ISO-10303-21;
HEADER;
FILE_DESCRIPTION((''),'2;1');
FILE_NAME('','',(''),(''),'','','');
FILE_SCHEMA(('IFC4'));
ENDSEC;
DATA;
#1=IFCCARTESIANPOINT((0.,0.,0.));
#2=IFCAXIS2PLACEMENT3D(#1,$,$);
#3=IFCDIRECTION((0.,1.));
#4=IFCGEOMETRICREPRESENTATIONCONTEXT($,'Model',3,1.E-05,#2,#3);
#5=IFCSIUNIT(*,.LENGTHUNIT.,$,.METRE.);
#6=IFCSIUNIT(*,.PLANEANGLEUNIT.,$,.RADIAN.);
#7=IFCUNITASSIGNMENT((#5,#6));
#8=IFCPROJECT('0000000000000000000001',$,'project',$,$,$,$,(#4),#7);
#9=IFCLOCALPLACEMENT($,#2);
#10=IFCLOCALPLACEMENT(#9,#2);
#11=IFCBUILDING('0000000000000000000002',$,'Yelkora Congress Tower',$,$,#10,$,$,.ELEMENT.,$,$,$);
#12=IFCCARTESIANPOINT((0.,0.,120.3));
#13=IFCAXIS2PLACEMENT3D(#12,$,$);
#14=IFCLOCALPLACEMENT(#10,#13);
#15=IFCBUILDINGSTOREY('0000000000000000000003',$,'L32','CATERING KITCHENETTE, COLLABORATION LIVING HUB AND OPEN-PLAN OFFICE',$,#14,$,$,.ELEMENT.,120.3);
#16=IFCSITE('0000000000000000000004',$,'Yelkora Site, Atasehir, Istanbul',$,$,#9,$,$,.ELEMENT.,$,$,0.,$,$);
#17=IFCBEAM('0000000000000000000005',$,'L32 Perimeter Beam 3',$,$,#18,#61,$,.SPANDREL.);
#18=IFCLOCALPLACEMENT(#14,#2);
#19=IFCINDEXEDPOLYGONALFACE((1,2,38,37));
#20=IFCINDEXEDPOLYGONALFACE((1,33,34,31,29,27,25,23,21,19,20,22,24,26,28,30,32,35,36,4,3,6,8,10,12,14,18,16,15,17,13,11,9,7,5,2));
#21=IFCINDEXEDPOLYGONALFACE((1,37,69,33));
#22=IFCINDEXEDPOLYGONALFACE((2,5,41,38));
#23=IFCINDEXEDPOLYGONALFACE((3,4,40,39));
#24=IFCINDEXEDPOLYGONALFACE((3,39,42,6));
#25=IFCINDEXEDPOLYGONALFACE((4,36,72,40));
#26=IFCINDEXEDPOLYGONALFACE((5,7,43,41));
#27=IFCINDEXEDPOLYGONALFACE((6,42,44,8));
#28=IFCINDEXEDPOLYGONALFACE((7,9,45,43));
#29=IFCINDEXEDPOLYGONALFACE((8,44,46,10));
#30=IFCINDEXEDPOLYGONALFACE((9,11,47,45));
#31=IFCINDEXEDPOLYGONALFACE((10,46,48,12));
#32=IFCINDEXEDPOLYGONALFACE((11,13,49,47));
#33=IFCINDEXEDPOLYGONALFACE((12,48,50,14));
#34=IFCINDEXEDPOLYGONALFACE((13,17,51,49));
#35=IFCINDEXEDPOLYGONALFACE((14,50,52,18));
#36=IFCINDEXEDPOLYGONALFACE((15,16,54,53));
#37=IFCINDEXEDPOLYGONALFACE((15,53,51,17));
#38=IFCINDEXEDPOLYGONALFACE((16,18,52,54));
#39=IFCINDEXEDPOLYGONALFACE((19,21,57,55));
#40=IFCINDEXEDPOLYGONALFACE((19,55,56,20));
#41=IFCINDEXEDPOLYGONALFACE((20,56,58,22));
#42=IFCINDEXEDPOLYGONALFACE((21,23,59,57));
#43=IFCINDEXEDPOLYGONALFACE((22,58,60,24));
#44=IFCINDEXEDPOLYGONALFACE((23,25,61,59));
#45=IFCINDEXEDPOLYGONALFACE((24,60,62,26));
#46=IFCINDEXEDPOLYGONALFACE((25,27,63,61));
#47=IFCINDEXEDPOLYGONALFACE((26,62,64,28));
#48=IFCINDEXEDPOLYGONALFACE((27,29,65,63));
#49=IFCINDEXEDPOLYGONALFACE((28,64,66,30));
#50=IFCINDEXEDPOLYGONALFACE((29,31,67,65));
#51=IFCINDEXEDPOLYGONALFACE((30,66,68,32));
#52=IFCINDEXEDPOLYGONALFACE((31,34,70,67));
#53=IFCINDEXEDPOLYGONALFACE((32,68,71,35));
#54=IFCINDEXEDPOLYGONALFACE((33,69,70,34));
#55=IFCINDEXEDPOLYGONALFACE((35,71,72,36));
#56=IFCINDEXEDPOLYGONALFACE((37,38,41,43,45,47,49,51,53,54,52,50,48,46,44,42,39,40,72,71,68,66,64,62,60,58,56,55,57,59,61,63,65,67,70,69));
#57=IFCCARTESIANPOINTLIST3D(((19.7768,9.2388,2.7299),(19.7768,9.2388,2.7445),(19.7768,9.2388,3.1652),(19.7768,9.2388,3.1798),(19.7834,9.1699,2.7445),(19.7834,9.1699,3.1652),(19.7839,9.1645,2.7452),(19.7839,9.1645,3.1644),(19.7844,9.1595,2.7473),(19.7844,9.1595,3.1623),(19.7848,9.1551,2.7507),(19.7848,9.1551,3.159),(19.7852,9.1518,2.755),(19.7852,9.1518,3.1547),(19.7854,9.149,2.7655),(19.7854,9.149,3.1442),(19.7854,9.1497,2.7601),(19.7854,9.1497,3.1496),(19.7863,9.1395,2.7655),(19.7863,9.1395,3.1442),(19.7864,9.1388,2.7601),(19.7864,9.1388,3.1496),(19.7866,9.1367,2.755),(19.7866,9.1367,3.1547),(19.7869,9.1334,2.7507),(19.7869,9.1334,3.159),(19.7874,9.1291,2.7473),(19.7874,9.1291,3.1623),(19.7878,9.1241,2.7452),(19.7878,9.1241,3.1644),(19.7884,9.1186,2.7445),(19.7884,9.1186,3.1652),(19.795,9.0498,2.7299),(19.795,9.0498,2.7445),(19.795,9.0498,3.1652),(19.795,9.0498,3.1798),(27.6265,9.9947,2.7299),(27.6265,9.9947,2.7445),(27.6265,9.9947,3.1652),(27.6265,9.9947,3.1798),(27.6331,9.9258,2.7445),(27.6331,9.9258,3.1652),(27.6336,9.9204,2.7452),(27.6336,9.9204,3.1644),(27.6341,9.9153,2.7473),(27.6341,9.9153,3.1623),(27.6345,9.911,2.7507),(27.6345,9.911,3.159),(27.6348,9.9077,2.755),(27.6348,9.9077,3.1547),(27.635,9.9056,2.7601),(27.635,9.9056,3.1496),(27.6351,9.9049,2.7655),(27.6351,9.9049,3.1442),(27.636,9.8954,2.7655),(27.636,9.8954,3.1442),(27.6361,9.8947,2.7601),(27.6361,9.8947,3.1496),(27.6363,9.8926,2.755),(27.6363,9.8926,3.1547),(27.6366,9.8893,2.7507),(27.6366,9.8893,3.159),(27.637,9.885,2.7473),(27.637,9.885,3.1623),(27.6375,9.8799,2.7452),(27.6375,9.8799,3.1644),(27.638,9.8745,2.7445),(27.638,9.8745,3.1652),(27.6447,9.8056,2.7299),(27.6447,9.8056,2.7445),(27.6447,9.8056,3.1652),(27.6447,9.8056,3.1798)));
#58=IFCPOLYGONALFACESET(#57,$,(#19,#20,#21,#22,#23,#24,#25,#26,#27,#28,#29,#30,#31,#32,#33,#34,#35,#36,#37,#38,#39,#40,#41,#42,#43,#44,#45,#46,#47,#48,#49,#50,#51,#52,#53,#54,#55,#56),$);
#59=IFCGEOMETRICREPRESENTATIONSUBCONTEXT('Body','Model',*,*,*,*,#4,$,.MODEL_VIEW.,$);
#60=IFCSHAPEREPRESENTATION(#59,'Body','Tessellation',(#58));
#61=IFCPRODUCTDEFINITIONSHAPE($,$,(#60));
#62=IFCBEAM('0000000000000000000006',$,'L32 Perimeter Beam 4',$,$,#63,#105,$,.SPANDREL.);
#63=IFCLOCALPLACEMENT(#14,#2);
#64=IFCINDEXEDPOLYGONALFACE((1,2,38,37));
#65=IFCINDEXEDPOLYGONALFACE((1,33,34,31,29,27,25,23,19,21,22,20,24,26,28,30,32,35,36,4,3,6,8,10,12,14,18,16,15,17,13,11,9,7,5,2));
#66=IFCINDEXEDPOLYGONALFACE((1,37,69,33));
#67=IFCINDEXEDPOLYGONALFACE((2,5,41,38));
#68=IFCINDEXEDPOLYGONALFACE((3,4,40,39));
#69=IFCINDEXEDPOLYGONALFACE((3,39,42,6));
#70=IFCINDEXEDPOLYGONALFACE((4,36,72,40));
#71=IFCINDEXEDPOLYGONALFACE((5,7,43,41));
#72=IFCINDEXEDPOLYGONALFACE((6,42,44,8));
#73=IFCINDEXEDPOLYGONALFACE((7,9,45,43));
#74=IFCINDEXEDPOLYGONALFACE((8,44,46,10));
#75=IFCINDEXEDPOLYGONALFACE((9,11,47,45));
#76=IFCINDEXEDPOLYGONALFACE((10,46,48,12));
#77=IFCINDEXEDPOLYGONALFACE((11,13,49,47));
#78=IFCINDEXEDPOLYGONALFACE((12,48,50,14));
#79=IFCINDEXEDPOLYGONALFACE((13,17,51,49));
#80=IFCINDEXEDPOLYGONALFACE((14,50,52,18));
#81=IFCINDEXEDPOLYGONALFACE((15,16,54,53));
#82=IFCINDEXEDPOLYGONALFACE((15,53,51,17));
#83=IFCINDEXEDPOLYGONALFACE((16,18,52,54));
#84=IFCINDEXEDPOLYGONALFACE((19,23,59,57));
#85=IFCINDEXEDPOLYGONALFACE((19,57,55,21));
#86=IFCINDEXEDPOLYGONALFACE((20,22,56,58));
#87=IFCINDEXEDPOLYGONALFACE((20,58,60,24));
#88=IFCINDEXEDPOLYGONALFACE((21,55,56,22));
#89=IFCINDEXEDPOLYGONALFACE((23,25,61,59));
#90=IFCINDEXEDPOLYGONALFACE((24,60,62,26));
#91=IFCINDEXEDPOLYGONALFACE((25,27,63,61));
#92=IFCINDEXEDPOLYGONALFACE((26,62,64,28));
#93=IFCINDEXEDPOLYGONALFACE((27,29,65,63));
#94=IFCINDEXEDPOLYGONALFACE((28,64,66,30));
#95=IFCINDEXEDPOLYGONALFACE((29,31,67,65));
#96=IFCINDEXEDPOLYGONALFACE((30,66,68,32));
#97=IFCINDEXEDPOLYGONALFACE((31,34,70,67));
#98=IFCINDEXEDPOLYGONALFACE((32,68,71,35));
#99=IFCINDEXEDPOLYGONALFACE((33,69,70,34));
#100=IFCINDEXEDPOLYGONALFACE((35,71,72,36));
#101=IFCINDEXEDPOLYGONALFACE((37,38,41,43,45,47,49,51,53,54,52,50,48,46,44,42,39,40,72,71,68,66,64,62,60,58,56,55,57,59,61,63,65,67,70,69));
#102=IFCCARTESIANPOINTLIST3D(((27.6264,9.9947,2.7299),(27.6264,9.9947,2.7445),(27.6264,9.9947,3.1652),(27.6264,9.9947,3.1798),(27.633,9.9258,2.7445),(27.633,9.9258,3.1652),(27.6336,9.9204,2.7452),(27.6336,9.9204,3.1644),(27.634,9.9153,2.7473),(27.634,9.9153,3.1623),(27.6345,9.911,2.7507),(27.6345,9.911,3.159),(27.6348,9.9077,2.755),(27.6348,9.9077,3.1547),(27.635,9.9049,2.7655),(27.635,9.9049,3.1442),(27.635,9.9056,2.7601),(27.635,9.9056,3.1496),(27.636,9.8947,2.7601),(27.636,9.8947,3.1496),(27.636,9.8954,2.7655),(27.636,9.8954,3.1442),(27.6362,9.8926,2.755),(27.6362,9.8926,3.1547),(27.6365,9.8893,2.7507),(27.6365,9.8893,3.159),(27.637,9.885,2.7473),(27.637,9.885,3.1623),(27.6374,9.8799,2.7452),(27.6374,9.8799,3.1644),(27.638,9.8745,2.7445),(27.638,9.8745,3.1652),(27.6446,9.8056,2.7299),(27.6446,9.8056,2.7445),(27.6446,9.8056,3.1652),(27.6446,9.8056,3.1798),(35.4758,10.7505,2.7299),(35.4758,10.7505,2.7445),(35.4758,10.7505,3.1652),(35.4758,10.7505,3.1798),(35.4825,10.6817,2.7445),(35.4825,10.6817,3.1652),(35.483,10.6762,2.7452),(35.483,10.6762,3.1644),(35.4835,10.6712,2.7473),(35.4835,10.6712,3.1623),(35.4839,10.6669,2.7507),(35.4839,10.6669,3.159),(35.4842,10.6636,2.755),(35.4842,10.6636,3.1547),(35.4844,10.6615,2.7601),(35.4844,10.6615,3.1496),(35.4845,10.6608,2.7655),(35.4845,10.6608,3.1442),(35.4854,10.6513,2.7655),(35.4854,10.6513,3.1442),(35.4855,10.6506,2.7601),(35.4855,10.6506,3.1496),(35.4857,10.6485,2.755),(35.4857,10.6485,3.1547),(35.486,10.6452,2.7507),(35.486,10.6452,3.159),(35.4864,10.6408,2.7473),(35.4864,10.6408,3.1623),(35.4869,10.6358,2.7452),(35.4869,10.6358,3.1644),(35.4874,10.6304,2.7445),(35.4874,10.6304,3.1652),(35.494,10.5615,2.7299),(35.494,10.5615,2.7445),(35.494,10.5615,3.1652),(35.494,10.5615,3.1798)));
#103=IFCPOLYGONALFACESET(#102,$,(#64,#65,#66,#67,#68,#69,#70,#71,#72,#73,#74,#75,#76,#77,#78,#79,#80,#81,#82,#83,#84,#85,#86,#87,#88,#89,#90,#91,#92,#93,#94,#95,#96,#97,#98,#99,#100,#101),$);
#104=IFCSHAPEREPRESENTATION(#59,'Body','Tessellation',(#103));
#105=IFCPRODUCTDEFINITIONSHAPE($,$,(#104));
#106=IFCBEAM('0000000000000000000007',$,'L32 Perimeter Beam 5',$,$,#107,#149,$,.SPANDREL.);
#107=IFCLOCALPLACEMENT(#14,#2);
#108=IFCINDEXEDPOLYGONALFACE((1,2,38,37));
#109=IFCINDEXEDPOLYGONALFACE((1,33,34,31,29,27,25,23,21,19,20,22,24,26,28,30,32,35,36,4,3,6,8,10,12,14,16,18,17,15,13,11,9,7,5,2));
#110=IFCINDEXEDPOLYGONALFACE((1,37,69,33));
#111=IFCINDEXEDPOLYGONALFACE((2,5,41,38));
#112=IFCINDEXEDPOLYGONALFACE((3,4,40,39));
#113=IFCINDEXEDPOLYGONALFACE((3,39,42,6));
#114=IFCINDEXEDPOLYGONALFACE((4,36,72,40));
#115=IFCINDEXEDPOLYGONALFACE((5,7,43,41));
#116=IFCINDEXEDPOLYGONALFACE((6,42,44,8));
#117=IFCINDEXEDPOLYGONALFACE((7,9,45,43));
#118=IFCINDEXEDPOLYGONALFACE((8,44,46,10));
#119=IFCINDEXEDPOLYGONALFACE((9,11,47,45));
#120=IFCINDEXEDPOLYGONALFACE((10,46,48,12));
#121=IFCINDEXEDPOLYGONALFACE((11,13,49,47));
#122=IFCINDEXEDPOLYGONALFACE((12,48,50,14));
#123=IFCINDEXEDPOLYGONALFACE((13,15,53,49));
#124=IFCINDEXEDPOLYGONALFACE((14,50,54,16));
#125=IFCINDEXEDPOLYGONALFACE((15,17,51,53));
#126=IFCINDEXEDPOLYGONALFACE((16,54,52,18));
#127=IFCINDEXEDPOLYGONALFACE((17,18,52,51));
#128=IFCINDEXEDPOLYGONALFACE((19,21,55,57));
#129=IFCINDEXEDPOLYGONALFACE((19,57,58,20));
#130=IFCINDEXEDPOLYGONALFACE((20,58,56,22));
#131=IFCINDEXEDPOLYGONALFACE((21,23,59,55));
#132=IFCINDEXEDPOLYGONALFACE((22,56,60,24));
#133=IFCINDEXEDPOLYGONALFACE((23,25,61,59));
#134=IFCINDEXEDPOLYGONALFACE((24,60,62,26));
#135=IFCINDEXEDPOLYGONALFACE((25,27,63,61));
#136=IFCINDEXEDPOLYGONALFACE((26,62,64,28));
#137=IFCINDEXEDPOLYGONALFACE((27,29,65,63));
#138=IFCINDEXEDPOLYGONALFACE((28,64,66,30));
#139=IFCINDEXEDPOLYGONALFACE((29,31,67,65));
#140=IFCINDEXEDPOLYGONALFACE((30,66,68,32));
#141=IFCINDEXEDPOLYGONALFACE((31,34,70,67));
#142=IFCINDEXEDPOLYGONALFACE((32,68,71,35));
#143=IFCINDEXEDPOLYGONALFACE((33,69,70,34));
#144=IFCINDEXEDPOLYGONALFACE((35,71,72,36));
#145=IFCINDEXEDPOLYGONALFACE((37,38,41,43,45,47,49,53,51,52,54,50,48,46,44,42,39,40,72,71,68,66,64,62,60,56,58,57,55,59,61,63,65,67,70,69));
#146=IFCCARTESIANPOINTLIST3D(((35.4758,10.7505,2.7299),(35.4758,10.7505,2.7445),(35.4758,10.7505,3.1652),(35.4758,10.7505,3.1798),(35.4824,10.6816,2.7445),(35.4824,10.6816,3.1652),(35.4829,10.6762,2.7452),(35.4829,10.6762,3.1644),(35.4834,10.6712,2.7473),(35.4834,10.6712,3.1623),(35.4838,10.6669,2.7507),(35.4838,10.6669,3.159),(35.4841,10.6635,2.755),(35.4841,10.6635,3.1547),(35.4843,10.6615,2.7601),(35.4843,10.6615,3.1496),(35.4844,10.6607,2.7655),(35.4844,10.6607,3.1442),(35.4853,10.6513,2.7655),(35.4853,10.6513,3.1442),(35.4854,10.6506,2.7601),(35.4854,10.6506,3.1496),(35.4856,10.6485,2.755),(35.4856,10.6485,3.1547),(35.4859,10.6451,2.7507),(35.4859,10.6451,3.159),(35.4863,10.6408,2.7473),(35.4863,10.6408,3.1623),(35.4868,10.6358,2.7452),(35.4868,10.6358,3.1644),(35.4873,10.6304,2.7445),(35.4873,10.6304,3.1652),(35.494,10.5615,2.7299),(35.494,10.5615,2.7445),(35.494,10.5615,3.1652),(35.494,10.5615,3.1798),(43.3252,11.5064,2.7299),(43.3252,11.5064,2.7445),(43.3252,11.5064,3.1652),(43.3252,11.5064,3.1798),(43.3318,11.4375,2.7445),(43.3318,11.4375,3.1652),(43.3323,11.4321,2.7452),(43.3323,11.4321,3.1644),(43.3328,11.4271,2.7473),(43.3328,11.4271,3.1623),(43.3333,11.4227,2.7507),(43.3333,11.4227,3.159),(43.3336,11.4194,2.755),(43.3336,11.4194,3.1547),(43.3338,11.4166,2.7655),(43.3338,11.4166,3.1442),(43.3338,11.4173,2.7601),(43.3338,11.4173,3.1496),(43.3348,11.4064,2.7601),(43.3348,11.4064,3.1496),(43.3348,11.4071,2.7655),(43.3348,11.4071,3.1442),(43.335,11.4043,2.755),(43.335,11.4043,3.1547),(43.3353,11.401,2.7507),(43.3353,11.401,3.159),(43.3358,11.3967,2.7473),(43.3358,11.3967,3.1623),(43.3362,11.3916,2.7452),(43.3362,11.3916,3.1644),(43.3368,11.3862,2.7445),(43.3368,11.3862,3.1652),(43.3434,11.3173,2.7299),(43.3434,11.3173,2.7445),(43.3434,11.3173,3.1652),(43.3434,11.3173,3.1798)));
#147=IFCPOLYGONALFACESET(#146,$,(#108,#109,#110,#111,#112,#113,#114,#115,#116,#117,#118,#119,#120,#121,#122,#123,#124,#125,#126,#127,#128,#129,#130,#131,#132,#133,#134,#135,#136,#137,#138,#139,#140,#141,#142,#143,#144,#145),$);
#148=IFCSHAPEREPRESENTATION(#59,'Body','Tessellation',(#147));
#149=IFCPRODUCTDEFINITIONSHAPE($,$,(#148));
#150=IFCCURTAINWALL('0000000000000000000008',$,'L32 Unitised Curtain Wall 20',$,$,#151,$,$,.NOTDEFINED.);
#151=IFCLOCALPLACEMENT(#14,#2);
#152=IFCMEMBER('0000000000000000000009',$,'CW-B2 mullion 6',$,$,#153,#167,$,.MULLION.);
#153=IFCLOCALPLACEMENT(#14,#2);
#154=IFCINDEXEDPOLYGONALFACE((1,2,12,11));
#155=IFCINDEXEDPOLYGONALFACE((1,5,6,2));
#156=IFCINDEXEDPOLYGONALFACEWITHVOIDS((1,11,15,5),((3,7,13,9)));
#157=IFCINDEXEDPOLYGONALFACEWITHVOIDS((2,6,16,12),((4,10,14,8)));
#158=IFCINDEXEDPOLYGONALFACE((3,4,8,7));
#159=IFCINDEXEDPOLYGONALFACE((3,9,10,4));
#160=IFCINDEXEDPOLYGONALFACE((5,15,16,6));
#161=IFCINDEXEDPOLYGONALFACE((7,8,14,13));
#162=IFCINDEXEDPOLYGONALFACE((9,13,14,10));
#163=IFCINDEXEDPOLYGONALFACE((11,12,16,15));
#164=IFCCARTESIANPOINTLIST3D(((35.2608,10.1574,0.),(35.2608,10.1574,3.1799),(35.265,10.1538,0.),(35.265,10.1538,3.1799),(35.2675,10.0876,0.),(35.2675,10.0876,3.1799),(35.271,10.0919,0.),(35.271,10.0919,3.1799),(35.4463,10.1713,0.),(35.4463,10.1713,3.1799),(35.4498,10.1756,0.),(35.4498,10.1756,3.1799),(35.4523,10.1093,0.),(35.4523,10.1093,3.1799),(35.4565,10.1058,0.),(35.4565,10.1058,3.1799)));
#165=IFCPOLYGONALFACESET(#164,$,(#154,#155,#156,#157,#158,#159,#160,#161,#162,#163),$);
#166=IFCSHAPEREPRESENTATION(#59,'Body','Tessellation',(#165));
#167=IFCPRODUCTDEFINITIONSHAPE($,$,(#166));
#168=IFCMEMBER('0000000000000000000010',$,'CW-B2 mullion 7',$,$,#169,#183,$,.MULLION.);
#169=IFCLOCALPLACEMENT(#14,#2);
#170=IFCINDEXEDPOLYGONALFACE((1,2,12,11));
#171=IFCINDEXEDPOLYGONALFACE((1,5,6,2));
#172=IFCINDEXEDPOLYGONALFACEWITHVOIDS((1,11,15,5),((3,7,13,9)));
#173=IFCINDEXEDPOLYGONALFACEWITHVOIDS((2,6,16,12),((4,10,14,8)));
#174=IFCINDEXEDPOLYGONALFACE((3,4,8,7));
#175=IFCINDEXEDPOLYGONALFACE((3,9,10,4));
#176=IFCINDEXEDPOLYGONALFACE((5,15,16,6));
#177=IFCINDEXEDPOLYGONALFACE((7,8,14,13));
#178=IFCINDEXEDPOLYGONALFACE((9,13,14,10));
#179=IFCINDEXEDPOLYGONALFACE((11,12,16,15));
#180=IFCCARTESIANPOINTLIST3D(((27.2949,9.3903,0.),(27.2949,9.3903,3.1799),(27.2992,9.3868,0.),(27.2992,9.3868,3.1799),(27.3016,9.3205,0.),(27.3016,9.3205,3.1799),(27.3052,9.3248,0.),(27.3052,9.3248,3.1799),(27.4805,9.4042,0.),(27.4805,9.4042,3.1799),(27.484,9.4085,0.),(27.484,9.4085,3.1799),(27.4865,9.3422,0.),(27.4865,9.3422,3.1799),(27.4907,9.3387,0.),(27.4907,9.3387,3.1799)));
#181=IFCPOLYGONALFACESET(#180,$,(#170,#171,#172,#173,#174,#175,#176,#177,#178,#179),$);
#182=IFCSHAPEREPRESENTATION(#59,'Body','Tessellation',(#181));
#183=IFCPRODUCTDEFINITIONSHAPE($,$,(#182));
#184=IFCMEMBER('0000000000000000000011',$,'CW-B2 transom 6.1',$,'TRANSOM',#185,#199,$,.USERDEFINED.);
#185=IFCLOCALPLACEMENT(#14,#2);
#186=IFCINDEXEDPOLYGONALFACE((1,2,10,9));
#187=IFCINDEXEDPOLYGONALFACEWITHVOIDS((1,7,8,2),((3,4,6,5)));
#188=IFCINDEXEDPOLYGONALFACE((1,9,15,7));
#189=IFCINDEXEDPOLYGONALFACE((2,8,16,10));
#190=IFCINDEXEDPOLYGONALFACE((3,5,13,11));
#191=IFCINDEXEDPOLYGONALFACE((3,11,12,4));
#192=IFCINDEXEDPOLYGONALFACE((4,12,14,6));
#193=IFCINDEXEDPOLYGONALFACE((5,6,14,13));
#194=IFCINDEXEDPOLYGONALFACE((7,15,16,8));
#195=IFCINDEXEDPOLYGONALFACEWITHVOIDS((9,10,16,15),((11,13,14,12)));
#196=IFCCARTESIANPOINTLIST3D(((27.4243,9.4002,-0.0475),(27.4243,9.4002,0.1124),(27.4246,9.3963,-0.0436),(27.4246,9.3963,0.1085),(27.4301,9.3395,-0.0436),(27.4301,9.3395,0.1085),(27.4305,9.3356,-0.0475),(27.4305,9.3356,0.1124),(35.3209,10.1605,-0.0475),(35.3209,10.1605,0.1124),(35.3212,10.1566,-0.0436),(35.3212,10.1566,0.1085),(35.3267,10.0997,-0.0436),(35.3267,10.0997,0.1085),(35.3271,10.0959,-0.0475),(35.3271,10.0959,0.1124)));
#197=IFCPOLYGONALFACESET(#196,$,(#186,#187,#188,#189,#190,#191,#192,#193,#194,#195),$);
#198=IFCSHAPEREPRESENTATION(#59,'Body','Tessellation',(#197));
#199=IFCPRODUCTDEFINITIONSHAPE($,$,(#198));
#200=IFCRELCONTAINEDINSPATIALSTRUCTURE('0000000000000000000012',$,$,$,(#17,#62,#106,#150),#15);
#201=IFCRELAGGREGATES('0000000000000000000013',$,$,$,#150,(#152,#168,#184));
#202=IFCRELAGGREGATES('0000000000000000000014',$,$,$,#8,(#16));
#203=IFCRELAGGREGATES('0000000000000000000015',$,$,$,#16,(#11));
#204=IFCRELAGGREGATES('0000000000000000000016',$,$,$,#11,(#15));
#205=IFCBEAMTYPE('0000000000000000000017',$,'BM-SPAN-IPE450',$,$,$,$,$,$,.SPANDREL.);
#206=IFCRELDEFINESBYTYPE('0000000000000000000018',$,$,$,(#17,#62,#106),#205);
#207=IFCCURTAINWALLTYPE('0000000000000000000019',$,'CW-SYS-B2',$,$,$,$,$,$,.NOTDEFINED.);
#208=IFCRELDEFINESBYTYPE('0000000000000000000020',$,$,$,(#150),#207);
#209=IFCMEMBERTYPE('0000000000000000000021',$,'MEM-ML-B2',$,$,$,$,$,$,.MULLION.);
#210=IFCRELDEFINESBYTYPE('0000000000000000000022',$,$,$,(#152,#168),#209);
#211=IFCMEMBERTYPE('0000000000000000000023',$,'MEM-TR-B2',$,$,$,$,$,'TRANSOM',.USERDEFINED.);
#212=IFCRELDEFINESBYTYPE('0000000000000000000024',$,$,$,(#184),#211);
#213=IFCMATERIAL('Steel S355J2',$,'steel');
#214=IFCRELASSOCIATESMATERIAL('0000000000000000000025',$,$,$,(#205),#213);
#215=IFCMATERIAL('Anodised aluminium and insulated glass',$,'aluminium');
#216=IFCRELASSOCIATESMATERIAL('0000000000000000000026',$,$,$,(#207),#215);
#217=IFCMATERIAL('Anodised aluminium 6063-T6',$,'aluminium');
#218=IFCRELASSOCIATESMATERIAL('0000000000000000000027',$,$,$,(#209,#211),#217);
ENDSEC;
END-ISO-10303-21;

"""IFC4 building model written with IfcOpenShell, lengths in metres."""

from ifc_helpers import new_model, si_unit, direction, frame, origin, origin_2d, place, context, subcontext, project, spatial, hollow_rectangle, i_section, extrude, material, material_profile, profile_set, type_object, element, aggregate, save


model = new_model("IFC4")

# Units and contexts
model_context = context("Model", 3, precision=1e-05, world=origin(), true_north=direction((0.0, 1.0)))
body_context = subcontext(model_context, "Body", "Model", "MODEL_VIEW")
ifc_project = project(units=[si_unit("LENGTHUNIT", "METRE"), si_unit("PLANEANGLEUNIT", "RADIAN")], contexts=[model_context])

# Site, building, storey
site_placement = place(None, origin())
site = spatial("IfcSite", under=ifc_project, at=site_placement, Name="Yelkora Site, Atasehir, Istanbul", CompositionType="ELEMENT", RefElevation=0.0)
building_placement = place(site_placement, origin())
building = spatial("IfcBuilding", under=site, at=building_placement, Name="Yelkora Congress Tower", CompositionType="ELEMENT")
storey_placement = place(building_placement, frame((0.0, 0.0, 120.3)))
storey = spatial("IfcBuildingStorey", under=building, at=storey_placement, Name="L32", Description="CATERING KITCHENETTE, COLLABORATION LIVING HUB AND OPEN-PLAN OFFICE", CompositionType="ELEMENT", Elevation=120.3)

# Beams
ifc_material_1 = material(Name="Steel S355J2", Category="steel")
ifc_material_profile_1 = material_profile(ifc_material_1, i_section(OverallWidth=0.1899, OverallDepth=0.45, WebThickness=0.0095, FlangeThickness=0.0146, FilletRadius=0.021, at=origin_2d()), Name="IPE 450")
ifc_profile_set_1 = profile_set([ifc_material_profile_1], Name="Steel S355J2")
beam_type_1 = type_object("IfcBeamType", Name="BM-SPAN-IPE450", PredefinedType="SPANDREL", material=ifc_profile_set_1)
beam_1_placement = place(storey_placement, frame((19.7859, 9.1443, 2.9548), z_axis=(0.995396, 0.095849, 0.0), x_axis=(-0.095849, 0.995396, 0.0)))
element("IfcBeam", 1, at=beam_1_placement, inside=storey, type_object=beam_type_1, Name="L32 Perimeter Beam 3", PredefinedType="SPANDREL", context=body_context, shape_type="SweptSolid", body=[
    extrude(i_section(OverallWidth=0.1899, OverallDepth=0.45, WebThickness=0.0095, FlangeThickness=0.0146, FilletRadius=0.021, at=origin_2d()), origin(), (0.0, 0.0, 1.0), 7.886),
])
for number, where, z_axis, x_axis, name in (
    (2, (27.6355, 9.9001, 2.9548), (0.995396, 0.095852, 0.0), (-0.095852, 0.995396, 0.0), "L32 Perimeter Beam 4"),
    (3, (35.4849, 10.656, 2.9548), (0.995396, 0.095852, 0.0), (-0.095852, 0.995396, 0.0), "L32 Perimeter Beam 5"),
):
    element("IfcBeam", number, at=place(storey_placement, frame(where, z_axis=z_axis, x_axis=x_axis)), inside=storey, type_object=beam_type_1, Name=name, PredefinedType="SPANDREL", context=body_context, shape_type="SweptSolid", body=[
        extrude(i_section(OverallWidth=0.1899, OverallDepth=0.45, WebThickness=0.0095, FlangeThickness=0.0146, FilletRadius=0.021, at=origin_2d()), origin(), (0.0, 0.0, 1.0), 7.8857),
    ])

# Curtain wall, members
ifc_material_2 = material(Name="Anodised aluminium and insulated glass", Category="aluminium")
curtain_wall_type = type_object("IfcCurtainWallType", Name="CW-SYS-B2", PredefinedType="NOTDEFINED", material=ifc_material_2)
curtain_wall_placement = place(storey_placement, origin())
curtain_wall = element("IfcCurtainWall", 4, at=curtain_wall_placement, inside=storey, type_object=curtain_wall_type, Name="L32 Unitised Curtain Wall 20", PredefinedType="NOTDEFINED")
ifc_material_3 = material(Name="Anodised aluminium 6063-T6", Category="aluminium")
ifc_material_profile_2 = material_profile(ifc_material_3, hollow_rectangle(XDim=0.0701, YDim=0.1899, WallThickness=0.0039, at=origin_2d()), Name="ALU 70x190x4")
ifc_profile_set_2 = profile_set([ifc_material_profile_2], Name="Anodised aluminium 6063-T6")
member_type_1 = type_object("IfcMemberType", Name="MEM-ML-B2", PredefinedType="MULLION", material=ifc_profile_set_2)
member_1_placement = place(storey_placement, frame((35.3586, 10.1316, 0.0), z_axis=(0.0, 0.0, 1.0), x_axis=(0.095844, -0.995396, 0.0)))
member_1 = element("IfcMember", 5, at=member_1_placement, type_object=member_type_1, Name="CW-B2 mullion 6", PredefinedType="MULLION", context=body_context, shape_type="SweptSolid", body=[
    extrude(hollow_rectangle(XDim=0.0701, YDim=0.1899, WallThickness=0.0039, at=origin_2d()), origin(), (0.0, 0.0, 1.0), 3.1799),
])
member_2_placement = place(storey_placement, frame((27.3928, 9.3645, 0.0), z_axis=(0.0, 0.0, 1.0), x_axis=(0.095844, -0.995396, 0.0)))
member_2 = element("IfcMember", 6, at=member_2_placement, type_object=member_type_1, Name="CW-B2 mullion 7", PredefinedType="MULLION", context=body_context, shape_type="SweptSolid", body=[
    extrude(hollow_rectangle(XDim=0.0701, YDim=0.1899, WallThickness=0.0039, at=origin_2d()), origin(), (0.0, 0.0, 1.0), 3.1799),
])
ifc_material_profile_3 = material_profile(ifc_material_3, hollow_rectangle(XDim=0.0649, YDim=0.1599, WallThickness=0.0039, at=origin_2d()), Name="ALU 65x160x4")
ifc_profile_set_3 = profile_set([ifc_material_profile_3], Name="Anodised aluminium 6063-T6")
member_type_2 = type_object("IfcMemberType", Name="MEM-TR-B2", ElementType="TRANSOM", PredefinedType="USERDEFINED", material=ifc_profile_set_3)
member_3_placement = place(storey_placement, frame((35.324, 10.1282, 0.0325), z_axis=(-0.995397, -0.095834, 0.0), x_axis=(0.095834, -0.995397, 0.0)))
member_3 = element("IfcMember", 7, at=member_3_placement, type_object=member_type_2, Name="CW-B2 transom 6.1", ObjectType="TRANSOM", PredefinedType="USERDEFINED", context=body_context, shape_type="SweptSolid", body=[
    extrude(hollow_rectangle(XDim=0.0649, YDim=0.1599, WallThickness=0.0039, at=origin_2d()), origin(), (0.0, 0.0, 1.0), 7.9331),
])
aggregate(curtain_wall, [member_1, member_2, member_3])

save(model, "model.ifc")
